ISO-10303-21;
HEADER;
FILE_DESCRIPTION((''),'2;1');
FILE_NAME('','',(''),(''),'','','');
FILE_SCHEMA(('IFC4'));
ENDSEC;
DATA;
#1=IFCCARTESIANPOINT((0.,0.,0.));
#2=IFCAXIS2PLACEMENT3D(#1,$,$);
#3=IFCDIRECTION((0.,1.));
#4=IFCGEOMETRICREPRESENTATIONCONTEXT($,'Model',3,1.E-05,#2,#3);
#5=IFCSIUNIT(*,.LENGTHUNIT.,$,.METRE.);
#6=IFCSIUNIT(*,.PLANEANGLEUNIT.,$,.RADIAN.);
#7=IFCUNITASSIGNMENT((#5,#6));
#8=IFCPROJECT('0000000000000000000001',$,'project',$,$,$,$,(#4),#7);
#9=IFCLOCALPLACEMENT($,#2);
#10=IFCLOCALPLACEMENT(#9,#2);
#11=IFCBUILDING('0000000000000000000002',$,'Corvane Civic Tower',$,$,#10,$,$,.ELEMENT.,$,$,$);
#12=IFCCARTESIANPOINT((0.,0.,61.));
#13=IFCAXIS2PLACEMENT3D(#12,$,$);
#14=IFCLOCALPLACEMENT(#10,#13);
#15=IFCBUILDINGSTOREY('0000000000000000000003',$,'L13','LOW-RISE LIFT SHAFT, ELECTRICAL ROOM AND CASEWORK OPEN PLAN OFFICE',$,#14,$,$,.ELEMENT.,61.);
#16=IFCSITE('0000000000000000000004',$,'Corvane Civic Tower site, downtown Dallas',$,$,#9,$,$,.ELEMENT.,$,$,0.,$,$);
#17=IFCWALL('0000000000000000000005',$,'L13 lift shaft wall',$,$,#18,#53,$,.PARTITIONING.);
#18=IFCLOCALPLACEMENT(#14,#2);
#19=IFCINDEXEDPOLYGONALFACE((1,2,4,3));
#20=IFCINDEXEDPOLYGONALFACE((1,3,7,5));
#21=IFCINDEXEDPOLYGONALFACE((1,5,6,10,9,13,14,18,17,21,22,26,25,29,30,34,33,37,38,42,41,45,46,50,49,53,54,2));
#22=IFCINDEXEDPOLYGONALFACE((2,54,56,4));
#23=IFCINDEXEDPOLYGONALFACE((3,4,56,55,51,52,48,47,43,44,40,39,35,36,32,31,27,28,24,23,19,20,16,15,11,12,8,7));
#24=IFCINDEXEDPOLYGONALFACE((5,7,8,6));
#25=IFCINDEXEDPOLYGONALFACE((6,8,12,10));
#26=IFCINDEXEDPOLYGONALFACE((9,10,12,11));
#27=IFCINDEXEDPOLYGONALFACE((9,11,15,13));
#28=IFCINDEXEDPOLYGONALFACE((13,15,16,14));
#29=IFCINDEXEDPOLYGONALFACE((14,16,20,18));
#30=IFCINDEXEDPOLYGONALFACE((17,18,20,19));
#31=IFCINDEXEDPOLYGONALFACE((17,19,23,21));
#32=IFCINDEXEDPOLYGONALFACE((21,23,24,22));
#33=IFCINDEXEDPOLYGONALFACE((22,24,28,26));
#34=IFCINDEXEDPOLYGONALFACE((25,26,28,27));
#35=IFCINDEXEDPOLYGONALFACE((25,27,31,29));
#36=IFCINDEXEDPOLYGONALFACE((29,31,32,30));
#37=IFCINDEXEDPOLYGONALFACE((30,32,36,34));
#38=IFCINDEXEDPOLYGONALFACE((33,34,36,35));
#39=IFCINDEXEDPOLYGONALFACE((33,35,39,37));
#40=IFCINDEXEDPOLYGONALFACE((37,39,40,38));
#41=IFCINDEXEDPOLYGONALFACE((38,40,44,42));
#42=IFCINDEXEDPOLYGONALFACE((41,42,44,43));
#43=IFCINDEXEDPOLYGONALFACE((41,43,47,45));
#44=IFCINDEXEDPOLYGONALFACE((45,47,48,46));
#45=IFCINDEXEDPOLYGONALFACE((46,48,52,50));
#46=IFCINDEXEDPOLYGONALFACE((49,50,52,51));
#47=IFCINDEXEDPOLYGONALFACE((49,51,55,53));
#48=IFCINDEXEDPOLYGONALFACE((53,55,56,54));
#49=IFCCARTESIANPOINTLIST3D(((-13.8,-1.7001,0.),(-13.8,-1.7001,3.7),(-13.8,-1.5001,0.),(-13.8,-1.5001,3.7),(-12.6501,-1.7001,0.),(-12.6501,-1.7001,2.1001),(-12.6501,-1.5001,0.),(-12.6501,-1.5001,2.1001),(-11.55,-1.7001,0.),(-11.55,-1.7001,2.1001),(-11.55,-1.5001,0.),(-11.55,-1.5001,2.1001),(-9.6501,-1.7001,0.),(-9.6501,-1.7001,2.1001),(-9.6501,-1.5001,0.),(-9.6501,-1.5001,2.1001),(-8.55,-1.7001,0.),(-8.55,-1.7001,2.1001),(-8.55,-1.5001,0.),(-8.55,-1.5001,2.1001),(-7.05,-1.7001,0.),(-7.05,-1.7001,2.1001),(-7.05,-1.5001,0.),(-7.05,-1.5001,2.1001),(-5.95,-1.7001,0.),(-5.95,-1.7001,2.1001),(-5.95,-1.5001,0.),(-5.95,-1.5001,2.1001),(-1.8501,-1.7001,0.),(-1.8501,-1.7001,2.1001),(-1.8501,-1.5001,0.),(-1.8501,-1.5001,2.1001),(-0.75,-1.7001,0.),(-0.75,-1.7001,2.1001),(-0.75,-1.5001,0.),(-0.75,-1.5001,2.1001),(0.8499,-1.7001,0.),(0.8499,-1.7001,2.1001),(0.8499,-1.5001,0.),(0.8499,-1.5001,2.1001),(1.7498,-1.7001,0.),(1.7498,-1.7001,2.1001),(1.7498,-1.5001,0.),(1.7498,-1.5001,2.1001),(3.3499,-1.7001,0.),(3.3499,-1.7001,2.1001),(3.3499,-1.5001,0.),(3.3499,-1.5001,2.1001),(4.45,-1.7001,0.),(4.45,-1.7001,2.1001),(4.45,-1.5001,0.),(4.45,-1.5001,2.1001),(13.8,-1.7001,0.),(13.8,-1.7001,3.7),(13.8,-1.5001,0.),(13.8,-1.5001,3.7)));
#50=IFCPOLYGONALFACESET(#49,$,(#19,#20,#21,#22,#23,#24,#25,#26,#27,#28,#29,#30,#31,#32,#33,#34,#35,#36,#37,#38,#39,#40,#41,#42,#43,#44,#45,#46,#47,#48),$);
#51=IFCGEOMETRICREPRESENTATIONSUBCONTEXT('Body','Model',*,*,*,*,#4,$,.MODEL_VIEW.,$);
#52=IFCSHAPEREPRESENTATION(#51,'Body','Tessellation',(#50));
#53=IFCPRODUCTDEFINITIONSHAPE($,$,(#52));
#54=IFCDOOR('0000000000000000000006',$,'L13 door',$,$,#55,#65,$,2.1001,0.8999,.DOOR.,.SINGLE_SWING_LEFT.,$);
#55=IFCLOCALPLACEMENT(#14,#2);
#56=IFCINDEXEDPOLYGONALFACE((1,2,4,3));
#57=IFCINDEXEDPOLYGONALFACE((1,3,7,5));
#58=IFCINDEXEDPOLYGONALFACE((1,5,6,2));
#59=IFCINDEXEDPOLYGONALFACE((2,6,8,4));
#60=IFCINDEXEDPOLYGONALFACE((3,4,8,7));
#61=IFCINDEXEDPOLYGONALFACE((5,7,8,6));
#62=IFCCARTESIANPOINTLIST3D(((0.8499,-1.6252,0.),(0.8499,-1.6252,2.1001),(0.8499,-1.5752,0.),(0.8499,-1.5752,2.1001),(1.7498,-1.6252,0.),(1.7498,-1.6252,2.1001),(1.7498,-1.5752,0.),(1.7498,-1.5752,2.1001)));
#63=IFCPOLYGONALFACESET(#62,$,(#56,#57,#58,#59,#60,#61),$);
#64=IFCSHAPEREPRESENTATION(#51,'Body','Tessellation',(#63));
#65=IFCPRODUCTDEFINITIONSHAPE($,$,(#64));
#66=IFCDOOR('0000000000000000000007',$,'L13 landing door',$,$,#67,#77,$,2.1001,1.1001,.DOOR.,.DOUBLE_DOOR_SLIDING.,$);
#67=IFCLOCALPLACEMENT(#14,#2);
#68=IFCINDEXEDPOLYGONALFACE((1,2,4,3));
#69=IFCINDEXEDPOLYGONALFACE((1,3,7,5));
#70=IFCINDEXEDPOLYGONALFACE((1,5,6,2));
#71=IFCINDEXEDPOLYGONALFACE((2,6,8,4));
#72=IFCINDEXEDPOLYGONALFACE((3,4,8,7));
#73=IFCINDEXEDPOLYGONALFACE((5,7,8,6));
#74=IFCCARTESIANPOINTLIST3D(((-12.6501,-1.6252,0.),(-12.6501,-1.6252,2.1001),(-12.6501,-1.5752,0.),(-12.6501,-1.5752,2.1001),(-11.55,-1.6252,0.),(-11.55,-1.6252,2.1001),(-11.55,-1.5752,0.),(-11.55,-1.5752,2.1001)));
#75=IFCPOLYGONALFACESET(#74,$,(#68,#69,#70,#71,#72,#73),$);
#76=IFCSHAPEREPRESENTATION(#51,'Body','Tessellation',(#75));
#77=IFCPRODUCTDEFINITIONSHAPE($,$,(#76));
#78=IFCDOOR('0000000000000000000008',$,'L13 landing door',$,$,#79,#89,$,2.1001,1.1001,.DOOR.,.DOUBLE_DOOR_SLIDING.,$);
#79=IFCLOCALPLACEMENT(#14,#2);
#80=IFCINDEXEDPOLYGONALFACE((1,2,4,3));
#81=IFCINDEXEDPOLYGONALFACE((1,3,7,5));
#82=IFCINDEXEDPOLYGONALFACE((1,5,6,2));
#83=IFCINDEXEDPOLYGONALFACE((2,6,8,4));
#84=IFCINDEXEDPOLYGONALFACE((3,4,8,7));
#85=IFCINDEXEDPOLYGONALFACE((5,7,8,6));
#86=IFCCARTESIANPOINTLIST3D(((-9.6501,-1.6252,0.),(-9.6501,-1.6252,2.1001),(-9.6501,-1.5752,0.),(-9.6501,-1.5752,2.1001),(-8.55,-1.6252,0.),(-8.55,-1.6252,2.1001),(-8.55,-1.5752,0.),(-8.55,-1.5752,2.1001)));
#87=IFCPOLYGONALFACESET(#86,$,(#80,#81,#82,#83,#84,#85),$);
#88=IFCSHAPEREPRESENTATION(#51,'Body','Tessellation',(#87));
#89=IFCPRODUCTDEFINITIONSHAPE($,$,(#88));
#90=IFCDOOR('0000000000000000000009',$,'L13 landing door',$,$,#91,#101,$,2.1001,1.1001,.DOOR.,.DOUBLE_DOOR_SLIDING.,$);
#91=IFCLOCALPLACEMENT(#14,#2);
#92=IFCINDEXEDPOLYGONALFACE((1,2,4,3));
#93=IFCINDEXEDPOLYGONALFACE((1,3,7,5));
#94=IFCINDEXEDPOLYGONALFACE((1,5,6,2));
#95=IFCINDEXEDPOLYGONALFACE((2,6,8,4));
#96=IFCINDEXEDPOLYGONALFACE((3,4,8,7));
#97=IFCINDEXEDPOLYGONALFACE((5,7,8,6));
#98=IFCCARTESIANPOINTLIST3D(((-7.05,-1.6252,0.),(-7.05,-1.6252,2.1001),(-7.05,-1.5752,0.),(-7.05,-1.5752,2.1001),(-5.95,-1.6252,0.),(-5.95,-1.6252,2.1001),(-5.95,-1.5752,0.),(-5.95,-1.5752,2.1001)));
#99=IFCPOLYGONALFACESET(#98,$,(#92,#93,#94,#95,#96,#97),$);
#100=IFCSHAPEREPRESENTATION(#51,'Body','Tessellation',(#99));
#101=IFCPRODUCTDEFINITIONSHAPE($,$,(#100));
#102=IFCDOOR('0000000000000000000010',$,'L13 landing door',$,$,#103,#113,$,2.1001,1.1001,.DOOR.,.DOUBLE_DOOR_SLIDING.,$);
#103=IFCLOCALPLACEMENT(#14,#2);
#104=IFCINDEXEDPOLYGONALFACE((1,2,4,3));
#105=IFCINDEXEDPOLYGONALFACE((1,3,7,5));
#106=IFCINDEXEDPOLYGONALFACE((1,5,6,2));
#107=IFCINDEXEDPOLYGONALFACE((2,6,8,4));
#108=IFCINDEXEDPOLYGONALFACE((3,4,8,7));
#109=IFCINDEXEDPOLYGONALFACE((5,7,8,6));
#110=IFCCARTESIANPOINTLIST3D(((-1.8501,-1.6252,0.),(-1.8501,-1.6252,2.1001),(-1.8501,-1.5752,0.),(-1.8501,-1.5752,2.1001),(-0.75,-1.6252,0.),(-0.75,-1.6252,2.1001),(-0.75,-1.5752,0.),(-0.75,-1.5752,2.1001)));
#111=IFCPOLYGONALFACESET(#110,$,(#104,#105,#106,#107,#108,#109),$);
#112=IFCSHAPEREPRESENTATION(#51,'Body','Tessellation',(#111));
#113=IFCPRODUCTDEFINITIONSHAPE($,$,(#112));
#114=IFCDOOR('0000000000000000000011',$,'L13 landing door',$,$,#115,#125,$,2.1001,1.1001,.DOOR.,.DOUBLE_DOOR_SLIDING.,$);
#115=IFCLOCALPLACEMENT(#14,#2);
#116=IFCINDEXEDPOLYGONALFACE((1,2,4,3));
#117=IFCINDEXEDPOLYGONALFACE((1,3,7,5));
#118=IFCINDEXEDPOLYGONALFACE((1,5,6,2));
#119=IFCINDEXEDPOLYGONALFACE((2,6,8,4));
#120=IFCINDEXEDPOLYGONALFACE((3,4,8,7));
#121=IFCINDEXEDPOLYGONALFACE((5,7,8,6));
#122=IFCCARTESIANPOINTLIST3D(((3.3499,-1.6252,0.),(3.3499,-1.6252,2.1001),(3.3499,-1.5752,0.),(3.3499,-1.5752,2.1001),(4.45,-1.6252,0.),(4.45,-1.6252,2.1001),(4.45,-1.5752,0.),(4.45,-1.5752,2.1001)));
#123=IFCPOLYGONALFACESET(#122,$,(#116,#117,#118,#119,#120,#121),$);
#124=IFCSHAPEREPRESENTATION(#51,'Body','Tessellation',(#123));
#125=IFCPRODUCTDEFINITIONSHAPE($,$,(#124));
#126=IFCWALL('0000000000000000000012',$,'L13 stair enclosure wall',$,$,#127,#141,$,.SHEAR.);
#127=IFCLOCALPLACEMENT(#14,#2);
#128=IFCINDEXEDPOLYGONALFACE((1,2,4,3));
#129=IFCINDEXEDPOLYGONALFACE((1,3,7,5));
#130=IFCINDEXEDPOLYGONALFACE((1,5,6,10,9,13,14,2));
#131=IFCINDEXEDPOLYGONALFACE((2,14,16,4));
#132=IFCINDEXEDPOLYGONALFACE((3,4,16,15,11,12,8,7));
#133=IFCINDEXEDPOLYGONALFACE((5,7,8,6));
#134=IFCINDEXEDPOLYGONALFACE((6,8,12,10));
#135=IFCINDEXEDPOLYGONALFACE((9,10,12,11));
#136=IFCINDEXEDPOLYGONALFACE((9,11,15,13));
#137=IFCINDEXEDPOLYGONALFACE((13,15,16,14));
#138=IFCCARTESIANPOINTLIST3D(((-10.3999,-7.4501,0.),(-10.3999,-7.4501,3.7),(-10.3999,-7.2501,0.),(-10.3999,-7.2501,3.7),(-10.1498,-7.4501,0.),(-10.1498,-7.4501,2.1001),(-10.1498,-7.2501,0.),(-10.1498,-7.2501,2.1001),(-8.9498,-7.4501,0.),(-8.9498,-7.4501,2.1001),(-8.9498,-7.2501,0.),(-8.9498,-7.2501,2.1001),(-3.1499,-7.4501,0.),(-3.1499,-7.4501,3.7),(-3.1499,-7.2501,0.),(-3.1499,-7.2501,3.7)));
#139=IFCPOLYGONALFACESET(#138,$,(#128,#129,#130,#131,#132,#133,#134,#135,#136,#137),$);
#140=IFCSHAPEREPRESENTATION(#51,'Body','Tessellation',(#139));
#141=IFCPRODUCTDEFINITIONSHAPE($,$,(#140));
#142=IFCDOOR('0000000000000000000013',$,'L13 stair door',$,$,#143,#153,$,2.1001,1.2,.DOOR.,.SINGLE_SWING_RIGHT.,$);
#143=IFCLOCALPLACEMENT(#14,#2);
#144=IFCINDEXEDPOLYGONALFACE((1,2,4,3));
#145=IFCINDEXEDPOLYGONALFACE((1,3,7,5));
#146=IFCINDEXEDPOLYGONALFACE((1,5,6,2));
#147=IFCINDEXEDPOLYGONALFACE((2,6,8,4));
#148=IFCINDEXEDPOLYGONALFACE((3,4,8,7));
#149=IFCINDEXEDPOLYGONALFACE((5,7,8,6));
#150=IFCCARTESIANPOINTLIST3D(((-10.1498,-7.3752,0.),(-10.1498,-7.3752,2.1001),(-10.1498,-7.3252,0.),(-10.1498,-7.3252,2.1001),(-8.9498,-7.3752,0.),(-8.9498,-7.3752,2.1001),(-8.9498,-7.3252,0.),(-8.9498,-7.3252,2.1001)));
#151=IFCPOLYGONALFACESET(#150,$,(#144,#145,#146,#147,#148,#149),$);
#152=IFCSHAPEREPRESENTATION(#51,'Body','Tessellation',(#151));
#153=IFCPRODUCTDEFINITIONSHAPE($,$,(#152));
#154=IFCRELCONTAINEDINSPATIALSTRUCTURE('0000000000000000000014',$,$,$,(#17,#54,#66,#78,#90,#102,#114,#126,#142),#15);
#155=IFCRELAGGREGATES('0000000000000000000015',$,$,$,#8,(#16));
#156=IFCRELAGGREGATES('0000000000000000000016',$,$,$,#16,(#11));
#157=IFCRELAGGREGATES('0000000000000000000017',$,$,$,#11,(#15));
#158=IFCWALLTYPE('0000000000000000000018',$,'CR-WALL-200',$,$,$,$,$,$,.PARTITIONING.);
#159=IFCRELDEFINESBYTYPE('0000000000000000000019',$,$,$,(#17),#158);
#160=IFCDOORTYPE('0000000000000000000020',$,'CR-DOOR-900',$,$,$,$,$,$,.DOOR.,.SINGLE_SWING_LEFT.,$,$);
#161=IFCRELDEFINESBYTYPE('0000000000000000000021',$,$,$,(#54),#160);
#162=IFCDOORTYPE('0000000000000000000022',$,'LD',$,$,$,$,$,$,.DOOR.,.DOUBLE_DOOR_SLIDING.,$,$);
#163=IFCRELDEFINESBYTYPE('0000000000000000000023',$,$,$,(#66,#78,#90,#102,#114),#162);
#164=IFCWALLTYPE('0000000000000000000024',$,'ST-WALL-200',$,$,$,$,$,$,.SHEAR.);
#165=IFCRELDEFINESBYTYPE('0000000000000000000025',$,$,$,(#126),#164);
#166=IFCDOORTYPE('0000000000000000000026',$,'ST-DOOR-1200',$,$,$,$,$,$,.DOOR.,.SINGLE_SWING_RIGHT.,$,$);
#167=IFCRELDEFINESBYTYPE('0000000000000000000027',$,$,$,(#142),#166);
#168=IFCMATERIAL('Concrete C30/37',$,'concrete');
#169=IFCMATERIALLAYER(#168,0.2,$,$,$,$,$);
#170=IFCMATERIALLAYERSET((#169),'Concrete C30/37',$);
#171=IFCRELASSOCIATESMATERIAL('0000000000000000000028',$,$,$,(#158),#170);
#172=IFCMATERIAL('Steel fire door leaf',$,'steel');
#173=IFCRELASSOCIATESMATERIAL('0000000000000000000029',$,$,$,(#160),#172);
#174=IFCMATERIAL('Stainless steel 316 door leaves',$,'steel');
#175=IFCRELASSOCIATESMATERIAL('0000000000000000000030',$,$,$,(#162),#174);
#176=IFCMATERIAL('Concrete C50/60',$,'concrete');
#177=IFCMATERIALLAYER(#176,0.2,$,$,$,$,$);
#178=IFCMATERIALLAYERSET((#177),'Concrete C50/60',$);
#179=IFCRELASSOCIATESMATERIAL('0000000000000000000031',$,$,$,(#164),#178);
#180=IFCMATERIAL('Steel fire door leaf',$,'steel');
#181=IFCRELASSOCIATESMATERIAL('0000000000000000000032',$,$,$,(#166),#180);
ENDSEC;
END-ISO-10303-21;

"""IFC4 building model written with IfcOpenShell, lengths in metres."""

from ifc_helpers import new_model, si_unit, direction, frame, frame_2d, origin, place, context, subcontext, project, spatial, rectangle, extrude, material, layer, layer_set, type_object, element, fill, save


model = new_model("IFC4")

# Units and contexts
model_context = context("Model", 3, precision=1e-05, world=origin(), true_north=direction((0.0, 1.0)))
body_context = subcontext(model_context, "Body", "Model", "MODEL_VIEW")
ifc_project = project(units=[si_unit("LENGTHUNIT", "METRE"), si_unit("PLANEANGLEUNIT", "RADIAN")], contexts=[model_context])

# Site, building, storey
site_placement = place(None, origin())
site = spatial("IfcSite", under=ifc_project, at=site_placement, Name="Corvane Civic Tower site, downtown Dallas", CompositionType="ELEMENT", RefElevation=0.0)
building_placement = place(site_placement, origin())
building = spatial("IfcBuilding", under=site, at=building_placement, Name="Corvane Civic Tower", CompositionType="ELEMENT")
storey_placement = place(building_placement, frame((0.0, 0.0, 61.0)))
storey = spatial("IfcBuildingStorey", under=building, at=storey_placement, Name="L13", Description="LOW-RISE LIFT SHAFT, ELECTRICAL ROOM AND CASEWORK OPEN PLAN OFFICE", CompositionType="ELEMENT", Elevation=61.0)

# Wall, openings, doors
ifc_material_1 = material(Name="Concrete C30/37", Category="concrete")
ifc_layer_1 = layer(ifc_material_1, 0.2)
ifc_layer_set_1 = layer_set([ifc_layer_1], Name="Concrete C30/37")
wall_type_1 = type_object("IfcWallType", Name="CR-WALL-200", PredefinedType="PARTITIONING", material=ifc_layer_set_1)
ifc_material_2 = material(Name="Steel fire door leaf", Category="steel")
door_type_1 = type_object("IfcDoorType", Name="CR-DOOR-900", OperationType="SINGLE_SWING_LEFT", PredefinedType="DOOR", material=ifc_material_2)
wall_1_placement = place(storey_placement, frame((-13.8, -1.6001, 0.0), z_axis=(0.0, 0.0, 1.0), x_axis=(1.0, 0.0, 0.0)))
wall_1 = element("IfcWall", 1, at=wall_1_placement, inside=storey, type_object=wall_type_1, Name="L13 lift shaft wall", PredefinedType="PARTITIONING", context=body_context, shape_type="SweptSolid", body=[
    extrude(rectangle(XDim=27.6001, YDim=0.2, at=frame_2d((13.8, 0.0))), origin(), (0.0, 0.0, 1.0), 3.7),
])
opening_1_placement = place(wall_1_placement, frame((1.1499, 0.0, 0.0)))
opening_1 = element("IfcOpeningElement", 2, at=opening_1_placement, cuts=wall_1, PredefinedType="OPENING", context=body_context, shape_type="SweptSolid", body=[
    extrude(rectangle(XDim=1.1001, YDim=2.1001, at=frame_2d((0.55, 1.05))), frame((0.0, 0.1099, 0.0), z_axis=(0.0, -1.0, 0.0), x_axis=(1.0, 0.0, 0.0)), (0.0, 0.0, 1.0), 0.22),
])
opening_2_placement = place(wall_1_placement, frame((4.1499, 0.0, 0.0)))
opening_2 = element("IfcOpeningElement", 3, at=opening_2_placement, cuts=wall_1, PredefinedType="OPENING", context=body_context, shape_type="SweptSolid", body=[
    extrude(rectangle(XDim=1.1001, YDim=2.1001, at=frame_2d((0.55, 1.05))), frame((0.0, 0.1099, 0.0), z_axis=(0.0, -1.0, 0.0), x_axis=(1.0, 0.0, 0.0)), (0.0, 0.0, 1.0), 0.22),
])
opening_3_placement = place(wall_1_placement, frame((6.75, 0.0, 0.0)))
opening_3 = element("IfcOpeningElement", 4, at=opening_3_placement, cuts=wall_1, PredefinedType="OPENING", context=body_context, shape_type="SweptSolid", body=[
    extrude(rectangle(XDim=1.1001, YDim=2.1001, at=frame_2d((0.55, 1.05))), frame((0.0, 0.1099, 0.0), z_axis=(0.0, -1.0, 0.0), x_axis=(1.0, 0.0, 0.0)), (0.0, 0.0, 1.0), 0.22),
])
opening_4_placement = place(wall_1_placement, frame((11.95, 0.0, 0.0)))
opening_4 = element("IfcOpeningElement", 5, at=opening_4_placement, cuts=wall_1, PredefinedType="OPENING", context=body_context, shape_type="SweptSolid", body=[
    extrude(rectangle(XDim=1.1001, YDim=2.1001, at=frame_2d((0.55, 1.05))), frame((0.0, 0.1099, 0.0), z_axis=(0.0, -1.0, 0.0), x_axis=(1.0, 0.0, 0.0)), (0.0, 0.0, 1.0), 0.22),
])
opening_5_placement = place(wall_1_placement, frame((14.6499, 0.0, 0.0)))
opening_5 = element("IfcOpeningElement", 6, at=opening_5_placement, cuts=wall_1, PredefinedType="OPENING", context=body_context, shape_type="SweptSolid", body=[
    extrude(rectangle(XDim=0.8999, YDim=2.1001, at=frame_2d((0.45, 1.05))), frame((0.0, 0.1099, 0.0), z_axis=(0.0, -1.0, 0.0), x_axis=(1.0, 0.0, 0.0)), (0.0, 0.0, 1.0), 0.22),
])
opening_6_placement = place(wall_1_placement, frame((17.1499, 0.0, 0.0)))
opening_6 = element("IfcOpeningElement", 7, at=opening_6_placement, cuts=wall_1, PredefinedType="OPENING", context=body_context, shape_type="SweptSolid", body=[
    extrude(rectangle(XDim=1.1001, YDim=2.1001, at=frame_2d((0.55, 1.05))), frame((0.0, 0.1099, 0.0), z_axis=(0.0, -1.0, 0.0), x_axis=(1.0, 0.0, 0.0)), (0.0, 0.0, 1.0), 0.22),
])
door_1_placement = place(opening_5_placement, origin())
door_1 = element("IfcDoor", 8, at=door_1_placement, inside=storey, type_object=door_type_1, Name="L13 door", OperationType="SINGLE_SWING_LEFT", OverallHeight=2.1001, OverallWidth=0.8999, PredefinedType="DOOR", context=body_context, shape_type="SweptSolid", body=[
    extrude(rectangle(XDim=0.8999, YDim=2.1001, at=frame_2d((0.45, 1.05))), frame((0.0, 0.0249, 0.0), z_axis=(0.0, -1.0, 0.0), x_axis=(1.0, 0.0, 0.0)), (0.0, 0.0, 1.0), 0.05),
])
fill(opening_5, door_1)
ifc_material_3 = material(Name="Stainless steel 316 door leaves", Category="steel")
door_type_2 = type_object("IfcDoorType", Name="LD", OperationType="DOUBLE_DOOR_SLIDING", PredefinedType="DOOR", material=ifc_material_3)
door_2_placement = place(opening_1_placement, origin())
door_2 = element("IfcDoor", 9, at=door_2_placement, inside=storey, type_object=door_type_2, Name="L13 landing door", OperationType="DOUBLE_DOOR_SLIDING", OverallHeight=2.1001, OverallWidth=1.1001, PredefinedType="DOOR", context=body_context, shape_type="SweptSolid", body=[
    extrude(rectangle(XDim=1.1001, YDim=2.1001, at=frame_2d((0.55, 1.05))), frame((0.0, 0.0249, 0.0), z_axis=(0.0, -1.0, 0.0), x_axis=(1.0, 0.0, 0.0)), (0.0, 0.0, 1.0), 0.05),
])
fill(opening_1, door_2)
door_3_placement = place(opening_2_placement, origin())
door_3 = element("IfcDoor", 10, at=door_3_placement, inside=storey, type_object=door_type_2, Name="L13 landing door", OperationType="DOUBLE_DOOR_SLIDING", OverallHeight=2.1001, OverallWidth=1.1001, PredefinedType="DOOR", context=body_context, shape_type="SweptSolid", body=[
    extrude(rectangle(XDim=1.1001, YDim=2.1001, at=frame_2d((0.55, 1.05))), frame((0.0, 0.0249, 0.0), z_axis=(0.0, -1.0, 0.0), x_axis=(1.0, 0.0, 0.0)), (0.0, 0.0, 1.0), 0.05),
])
fill(opening_2, door_3)
door_4_placement = place(opening_3_placement, origin())
door_4 = element("IfcDoor", 11, at=door_4_placement, inside=storey, type_object=door_type_2, Name="L13 landing door", OperationType="DOUBLE_DOOR_SLIDING", OverallHeight=2.1001, OverallWidth=1.1001, PredefinedType="DOOR", context=body_context, shape_type="SweptSolid", body=[
    extrude(rectangle(XDim=1.1001, YDim=2.1001, at=frame_2d((0.55, 1.05))), frame((0.0, 0.0249, 0.0), z_axis=(0.0, -1.0, 0.0), x_axis=(1.0, 0.0, 0.0)), (0.0, 0.0, 1.0), 0.05),
])
fill(opening_3, door_4)
door_5_placement = place(opening_4_placement, origin())
door_5 = element("IfcDoor", 12, at=door_5_placement, inside=storey, type_object=door_type_2, Name="L13 landing door", OperationType="DOUBLE_DOOR_SLIDING", OverallHeight=2.1001, OverallWidth=1.1001, PredefinedType="DOOR", context=body_context, shape_type="SweptSolid", body=[
    extrude(rectangle(XDim=1.1001, YDim=2.1001, at=frame_2d((0.55, 1.05))), frame((0.0, 0.0249, 0.0), z_axis=(0.0, -1.0, 0.0), x_axis=(1.0, 0.0, 0.0)), (0.0, 0.0, 1.0), 0.05),
])
fill(opening_4, door_5)
door_6_placement = place(opening_6_placement, origin())
door_6 = element("IfcDoor", 13, at=door_6_placement, inside=storey, type_object=door_type_2, Name="L13 landing door", OperationType="DOUBLE_DOOR_SLIDING", OverallHeight=2.1001, OverallWidth=1.1001, PredefinedType="DOOR", context=body_context, shape_type="SweptSolid", body=[
    extrude(rectangle(XDim=1.1001, YDim=2.1001, at=frame_2d((0.55, 1.05))), frame((0.0, 0.0249, 0.0), z_axis=(0.0, -1.0, 0.0), x_axis=(1.0, 0.0, 0.0)), (0.0, 0.0, 1.0), 0.05),
])
fill(opening_6, door_6)

# Wall, opening, door
ifc_material_4 = material(Name="Concrete C50/60", Category="concrete")
ifc_layer_2 = layer(ifc_material_4, 0.2)
ifc_layer_set_2 = layer_set([ifc_layer_2], Name="Concrete C50/60")
wall_type_2 = type_object("IfcWallType", Name="ST-WALL-200", PredefinedType="SHEAR", material=ifc_layer_set_2)
wall_2_placement = place(storey_placement, frame((-10.3999, -7.3501, 0.0), z_axis=(0.0, 0.0, 1.0), x_axis=(1.0, 0.0, 0.0)))
wall_2 = element("IfcWall", 14, at=wall_2_placement, inside=storey, type_object=wall_type_2, Name="L13 stair enclosure wall", PredefinedType="SHEAR", context=body_context, shape_type="SweptSolid", body=[
    extrude(rectangle(XDim=7.25, YDim=0.2, at=frame_2d((3.625, 0.0))), origin(), (0.0, 0.0, 1.0), 3.7),
])
opening_7_placement = place(wall_2_placement, frame((0.25, 0.0, 0.0)))
opening_7 = element("IfcOpeningElement", 15, at=opening_7_placement, cuts=wall_2, PredefinedType="OPENING", context=body_context, shape_type="SweptSolid", body=[
    extrude(rectangle(XDim=1.2, YDim=2.1001, at=frame_2d((0.6001, 1.05))), frame((0.0, 0.1099, 0.0), z_axis=(0.0, -1.0, 0.0), x_axis=(1.0, 0.0, 0.0)), (0.0, 0.0, 1.0), 0.22),
])
ifc_material_5 = material(Name="Steel fire door leaf", Category="steel")
door_type_3 = type_object("IfcDoorType", Name="ST-DOOR-1200", OperationType="SINGLE_SWING_RIGHT", PredefinedType="DOOR", material=ifc_material_5)
door_7_placement = place(opening_7_placement, origin())
door_7 = element("IfcDoor", 16, at=door_7_placement, inside=storey, type_object=door_type_3, Name="L13 stair door", OperationType="SINGLE_SWING_RIGHT", OverallHeight=2.1001, OverallWidth=1.2, PredefinedType="DOOR", context=body_context, shape_type="SweptSolid", body=[
    extrude(rectangle(XDim=1.2, YDim=2.1001, at=frame_2d((0.6001, 1.05))), frame((0.0, 0.0249, 0.0), z_axis=(0.0, -1.0, 0.0), x_axis=(1.0, 0.0, 0.0)), (0.0, 0.0, 1.0), 0.05),
])
fill(opening_7, door_7)

save(model, "model.ifc")
